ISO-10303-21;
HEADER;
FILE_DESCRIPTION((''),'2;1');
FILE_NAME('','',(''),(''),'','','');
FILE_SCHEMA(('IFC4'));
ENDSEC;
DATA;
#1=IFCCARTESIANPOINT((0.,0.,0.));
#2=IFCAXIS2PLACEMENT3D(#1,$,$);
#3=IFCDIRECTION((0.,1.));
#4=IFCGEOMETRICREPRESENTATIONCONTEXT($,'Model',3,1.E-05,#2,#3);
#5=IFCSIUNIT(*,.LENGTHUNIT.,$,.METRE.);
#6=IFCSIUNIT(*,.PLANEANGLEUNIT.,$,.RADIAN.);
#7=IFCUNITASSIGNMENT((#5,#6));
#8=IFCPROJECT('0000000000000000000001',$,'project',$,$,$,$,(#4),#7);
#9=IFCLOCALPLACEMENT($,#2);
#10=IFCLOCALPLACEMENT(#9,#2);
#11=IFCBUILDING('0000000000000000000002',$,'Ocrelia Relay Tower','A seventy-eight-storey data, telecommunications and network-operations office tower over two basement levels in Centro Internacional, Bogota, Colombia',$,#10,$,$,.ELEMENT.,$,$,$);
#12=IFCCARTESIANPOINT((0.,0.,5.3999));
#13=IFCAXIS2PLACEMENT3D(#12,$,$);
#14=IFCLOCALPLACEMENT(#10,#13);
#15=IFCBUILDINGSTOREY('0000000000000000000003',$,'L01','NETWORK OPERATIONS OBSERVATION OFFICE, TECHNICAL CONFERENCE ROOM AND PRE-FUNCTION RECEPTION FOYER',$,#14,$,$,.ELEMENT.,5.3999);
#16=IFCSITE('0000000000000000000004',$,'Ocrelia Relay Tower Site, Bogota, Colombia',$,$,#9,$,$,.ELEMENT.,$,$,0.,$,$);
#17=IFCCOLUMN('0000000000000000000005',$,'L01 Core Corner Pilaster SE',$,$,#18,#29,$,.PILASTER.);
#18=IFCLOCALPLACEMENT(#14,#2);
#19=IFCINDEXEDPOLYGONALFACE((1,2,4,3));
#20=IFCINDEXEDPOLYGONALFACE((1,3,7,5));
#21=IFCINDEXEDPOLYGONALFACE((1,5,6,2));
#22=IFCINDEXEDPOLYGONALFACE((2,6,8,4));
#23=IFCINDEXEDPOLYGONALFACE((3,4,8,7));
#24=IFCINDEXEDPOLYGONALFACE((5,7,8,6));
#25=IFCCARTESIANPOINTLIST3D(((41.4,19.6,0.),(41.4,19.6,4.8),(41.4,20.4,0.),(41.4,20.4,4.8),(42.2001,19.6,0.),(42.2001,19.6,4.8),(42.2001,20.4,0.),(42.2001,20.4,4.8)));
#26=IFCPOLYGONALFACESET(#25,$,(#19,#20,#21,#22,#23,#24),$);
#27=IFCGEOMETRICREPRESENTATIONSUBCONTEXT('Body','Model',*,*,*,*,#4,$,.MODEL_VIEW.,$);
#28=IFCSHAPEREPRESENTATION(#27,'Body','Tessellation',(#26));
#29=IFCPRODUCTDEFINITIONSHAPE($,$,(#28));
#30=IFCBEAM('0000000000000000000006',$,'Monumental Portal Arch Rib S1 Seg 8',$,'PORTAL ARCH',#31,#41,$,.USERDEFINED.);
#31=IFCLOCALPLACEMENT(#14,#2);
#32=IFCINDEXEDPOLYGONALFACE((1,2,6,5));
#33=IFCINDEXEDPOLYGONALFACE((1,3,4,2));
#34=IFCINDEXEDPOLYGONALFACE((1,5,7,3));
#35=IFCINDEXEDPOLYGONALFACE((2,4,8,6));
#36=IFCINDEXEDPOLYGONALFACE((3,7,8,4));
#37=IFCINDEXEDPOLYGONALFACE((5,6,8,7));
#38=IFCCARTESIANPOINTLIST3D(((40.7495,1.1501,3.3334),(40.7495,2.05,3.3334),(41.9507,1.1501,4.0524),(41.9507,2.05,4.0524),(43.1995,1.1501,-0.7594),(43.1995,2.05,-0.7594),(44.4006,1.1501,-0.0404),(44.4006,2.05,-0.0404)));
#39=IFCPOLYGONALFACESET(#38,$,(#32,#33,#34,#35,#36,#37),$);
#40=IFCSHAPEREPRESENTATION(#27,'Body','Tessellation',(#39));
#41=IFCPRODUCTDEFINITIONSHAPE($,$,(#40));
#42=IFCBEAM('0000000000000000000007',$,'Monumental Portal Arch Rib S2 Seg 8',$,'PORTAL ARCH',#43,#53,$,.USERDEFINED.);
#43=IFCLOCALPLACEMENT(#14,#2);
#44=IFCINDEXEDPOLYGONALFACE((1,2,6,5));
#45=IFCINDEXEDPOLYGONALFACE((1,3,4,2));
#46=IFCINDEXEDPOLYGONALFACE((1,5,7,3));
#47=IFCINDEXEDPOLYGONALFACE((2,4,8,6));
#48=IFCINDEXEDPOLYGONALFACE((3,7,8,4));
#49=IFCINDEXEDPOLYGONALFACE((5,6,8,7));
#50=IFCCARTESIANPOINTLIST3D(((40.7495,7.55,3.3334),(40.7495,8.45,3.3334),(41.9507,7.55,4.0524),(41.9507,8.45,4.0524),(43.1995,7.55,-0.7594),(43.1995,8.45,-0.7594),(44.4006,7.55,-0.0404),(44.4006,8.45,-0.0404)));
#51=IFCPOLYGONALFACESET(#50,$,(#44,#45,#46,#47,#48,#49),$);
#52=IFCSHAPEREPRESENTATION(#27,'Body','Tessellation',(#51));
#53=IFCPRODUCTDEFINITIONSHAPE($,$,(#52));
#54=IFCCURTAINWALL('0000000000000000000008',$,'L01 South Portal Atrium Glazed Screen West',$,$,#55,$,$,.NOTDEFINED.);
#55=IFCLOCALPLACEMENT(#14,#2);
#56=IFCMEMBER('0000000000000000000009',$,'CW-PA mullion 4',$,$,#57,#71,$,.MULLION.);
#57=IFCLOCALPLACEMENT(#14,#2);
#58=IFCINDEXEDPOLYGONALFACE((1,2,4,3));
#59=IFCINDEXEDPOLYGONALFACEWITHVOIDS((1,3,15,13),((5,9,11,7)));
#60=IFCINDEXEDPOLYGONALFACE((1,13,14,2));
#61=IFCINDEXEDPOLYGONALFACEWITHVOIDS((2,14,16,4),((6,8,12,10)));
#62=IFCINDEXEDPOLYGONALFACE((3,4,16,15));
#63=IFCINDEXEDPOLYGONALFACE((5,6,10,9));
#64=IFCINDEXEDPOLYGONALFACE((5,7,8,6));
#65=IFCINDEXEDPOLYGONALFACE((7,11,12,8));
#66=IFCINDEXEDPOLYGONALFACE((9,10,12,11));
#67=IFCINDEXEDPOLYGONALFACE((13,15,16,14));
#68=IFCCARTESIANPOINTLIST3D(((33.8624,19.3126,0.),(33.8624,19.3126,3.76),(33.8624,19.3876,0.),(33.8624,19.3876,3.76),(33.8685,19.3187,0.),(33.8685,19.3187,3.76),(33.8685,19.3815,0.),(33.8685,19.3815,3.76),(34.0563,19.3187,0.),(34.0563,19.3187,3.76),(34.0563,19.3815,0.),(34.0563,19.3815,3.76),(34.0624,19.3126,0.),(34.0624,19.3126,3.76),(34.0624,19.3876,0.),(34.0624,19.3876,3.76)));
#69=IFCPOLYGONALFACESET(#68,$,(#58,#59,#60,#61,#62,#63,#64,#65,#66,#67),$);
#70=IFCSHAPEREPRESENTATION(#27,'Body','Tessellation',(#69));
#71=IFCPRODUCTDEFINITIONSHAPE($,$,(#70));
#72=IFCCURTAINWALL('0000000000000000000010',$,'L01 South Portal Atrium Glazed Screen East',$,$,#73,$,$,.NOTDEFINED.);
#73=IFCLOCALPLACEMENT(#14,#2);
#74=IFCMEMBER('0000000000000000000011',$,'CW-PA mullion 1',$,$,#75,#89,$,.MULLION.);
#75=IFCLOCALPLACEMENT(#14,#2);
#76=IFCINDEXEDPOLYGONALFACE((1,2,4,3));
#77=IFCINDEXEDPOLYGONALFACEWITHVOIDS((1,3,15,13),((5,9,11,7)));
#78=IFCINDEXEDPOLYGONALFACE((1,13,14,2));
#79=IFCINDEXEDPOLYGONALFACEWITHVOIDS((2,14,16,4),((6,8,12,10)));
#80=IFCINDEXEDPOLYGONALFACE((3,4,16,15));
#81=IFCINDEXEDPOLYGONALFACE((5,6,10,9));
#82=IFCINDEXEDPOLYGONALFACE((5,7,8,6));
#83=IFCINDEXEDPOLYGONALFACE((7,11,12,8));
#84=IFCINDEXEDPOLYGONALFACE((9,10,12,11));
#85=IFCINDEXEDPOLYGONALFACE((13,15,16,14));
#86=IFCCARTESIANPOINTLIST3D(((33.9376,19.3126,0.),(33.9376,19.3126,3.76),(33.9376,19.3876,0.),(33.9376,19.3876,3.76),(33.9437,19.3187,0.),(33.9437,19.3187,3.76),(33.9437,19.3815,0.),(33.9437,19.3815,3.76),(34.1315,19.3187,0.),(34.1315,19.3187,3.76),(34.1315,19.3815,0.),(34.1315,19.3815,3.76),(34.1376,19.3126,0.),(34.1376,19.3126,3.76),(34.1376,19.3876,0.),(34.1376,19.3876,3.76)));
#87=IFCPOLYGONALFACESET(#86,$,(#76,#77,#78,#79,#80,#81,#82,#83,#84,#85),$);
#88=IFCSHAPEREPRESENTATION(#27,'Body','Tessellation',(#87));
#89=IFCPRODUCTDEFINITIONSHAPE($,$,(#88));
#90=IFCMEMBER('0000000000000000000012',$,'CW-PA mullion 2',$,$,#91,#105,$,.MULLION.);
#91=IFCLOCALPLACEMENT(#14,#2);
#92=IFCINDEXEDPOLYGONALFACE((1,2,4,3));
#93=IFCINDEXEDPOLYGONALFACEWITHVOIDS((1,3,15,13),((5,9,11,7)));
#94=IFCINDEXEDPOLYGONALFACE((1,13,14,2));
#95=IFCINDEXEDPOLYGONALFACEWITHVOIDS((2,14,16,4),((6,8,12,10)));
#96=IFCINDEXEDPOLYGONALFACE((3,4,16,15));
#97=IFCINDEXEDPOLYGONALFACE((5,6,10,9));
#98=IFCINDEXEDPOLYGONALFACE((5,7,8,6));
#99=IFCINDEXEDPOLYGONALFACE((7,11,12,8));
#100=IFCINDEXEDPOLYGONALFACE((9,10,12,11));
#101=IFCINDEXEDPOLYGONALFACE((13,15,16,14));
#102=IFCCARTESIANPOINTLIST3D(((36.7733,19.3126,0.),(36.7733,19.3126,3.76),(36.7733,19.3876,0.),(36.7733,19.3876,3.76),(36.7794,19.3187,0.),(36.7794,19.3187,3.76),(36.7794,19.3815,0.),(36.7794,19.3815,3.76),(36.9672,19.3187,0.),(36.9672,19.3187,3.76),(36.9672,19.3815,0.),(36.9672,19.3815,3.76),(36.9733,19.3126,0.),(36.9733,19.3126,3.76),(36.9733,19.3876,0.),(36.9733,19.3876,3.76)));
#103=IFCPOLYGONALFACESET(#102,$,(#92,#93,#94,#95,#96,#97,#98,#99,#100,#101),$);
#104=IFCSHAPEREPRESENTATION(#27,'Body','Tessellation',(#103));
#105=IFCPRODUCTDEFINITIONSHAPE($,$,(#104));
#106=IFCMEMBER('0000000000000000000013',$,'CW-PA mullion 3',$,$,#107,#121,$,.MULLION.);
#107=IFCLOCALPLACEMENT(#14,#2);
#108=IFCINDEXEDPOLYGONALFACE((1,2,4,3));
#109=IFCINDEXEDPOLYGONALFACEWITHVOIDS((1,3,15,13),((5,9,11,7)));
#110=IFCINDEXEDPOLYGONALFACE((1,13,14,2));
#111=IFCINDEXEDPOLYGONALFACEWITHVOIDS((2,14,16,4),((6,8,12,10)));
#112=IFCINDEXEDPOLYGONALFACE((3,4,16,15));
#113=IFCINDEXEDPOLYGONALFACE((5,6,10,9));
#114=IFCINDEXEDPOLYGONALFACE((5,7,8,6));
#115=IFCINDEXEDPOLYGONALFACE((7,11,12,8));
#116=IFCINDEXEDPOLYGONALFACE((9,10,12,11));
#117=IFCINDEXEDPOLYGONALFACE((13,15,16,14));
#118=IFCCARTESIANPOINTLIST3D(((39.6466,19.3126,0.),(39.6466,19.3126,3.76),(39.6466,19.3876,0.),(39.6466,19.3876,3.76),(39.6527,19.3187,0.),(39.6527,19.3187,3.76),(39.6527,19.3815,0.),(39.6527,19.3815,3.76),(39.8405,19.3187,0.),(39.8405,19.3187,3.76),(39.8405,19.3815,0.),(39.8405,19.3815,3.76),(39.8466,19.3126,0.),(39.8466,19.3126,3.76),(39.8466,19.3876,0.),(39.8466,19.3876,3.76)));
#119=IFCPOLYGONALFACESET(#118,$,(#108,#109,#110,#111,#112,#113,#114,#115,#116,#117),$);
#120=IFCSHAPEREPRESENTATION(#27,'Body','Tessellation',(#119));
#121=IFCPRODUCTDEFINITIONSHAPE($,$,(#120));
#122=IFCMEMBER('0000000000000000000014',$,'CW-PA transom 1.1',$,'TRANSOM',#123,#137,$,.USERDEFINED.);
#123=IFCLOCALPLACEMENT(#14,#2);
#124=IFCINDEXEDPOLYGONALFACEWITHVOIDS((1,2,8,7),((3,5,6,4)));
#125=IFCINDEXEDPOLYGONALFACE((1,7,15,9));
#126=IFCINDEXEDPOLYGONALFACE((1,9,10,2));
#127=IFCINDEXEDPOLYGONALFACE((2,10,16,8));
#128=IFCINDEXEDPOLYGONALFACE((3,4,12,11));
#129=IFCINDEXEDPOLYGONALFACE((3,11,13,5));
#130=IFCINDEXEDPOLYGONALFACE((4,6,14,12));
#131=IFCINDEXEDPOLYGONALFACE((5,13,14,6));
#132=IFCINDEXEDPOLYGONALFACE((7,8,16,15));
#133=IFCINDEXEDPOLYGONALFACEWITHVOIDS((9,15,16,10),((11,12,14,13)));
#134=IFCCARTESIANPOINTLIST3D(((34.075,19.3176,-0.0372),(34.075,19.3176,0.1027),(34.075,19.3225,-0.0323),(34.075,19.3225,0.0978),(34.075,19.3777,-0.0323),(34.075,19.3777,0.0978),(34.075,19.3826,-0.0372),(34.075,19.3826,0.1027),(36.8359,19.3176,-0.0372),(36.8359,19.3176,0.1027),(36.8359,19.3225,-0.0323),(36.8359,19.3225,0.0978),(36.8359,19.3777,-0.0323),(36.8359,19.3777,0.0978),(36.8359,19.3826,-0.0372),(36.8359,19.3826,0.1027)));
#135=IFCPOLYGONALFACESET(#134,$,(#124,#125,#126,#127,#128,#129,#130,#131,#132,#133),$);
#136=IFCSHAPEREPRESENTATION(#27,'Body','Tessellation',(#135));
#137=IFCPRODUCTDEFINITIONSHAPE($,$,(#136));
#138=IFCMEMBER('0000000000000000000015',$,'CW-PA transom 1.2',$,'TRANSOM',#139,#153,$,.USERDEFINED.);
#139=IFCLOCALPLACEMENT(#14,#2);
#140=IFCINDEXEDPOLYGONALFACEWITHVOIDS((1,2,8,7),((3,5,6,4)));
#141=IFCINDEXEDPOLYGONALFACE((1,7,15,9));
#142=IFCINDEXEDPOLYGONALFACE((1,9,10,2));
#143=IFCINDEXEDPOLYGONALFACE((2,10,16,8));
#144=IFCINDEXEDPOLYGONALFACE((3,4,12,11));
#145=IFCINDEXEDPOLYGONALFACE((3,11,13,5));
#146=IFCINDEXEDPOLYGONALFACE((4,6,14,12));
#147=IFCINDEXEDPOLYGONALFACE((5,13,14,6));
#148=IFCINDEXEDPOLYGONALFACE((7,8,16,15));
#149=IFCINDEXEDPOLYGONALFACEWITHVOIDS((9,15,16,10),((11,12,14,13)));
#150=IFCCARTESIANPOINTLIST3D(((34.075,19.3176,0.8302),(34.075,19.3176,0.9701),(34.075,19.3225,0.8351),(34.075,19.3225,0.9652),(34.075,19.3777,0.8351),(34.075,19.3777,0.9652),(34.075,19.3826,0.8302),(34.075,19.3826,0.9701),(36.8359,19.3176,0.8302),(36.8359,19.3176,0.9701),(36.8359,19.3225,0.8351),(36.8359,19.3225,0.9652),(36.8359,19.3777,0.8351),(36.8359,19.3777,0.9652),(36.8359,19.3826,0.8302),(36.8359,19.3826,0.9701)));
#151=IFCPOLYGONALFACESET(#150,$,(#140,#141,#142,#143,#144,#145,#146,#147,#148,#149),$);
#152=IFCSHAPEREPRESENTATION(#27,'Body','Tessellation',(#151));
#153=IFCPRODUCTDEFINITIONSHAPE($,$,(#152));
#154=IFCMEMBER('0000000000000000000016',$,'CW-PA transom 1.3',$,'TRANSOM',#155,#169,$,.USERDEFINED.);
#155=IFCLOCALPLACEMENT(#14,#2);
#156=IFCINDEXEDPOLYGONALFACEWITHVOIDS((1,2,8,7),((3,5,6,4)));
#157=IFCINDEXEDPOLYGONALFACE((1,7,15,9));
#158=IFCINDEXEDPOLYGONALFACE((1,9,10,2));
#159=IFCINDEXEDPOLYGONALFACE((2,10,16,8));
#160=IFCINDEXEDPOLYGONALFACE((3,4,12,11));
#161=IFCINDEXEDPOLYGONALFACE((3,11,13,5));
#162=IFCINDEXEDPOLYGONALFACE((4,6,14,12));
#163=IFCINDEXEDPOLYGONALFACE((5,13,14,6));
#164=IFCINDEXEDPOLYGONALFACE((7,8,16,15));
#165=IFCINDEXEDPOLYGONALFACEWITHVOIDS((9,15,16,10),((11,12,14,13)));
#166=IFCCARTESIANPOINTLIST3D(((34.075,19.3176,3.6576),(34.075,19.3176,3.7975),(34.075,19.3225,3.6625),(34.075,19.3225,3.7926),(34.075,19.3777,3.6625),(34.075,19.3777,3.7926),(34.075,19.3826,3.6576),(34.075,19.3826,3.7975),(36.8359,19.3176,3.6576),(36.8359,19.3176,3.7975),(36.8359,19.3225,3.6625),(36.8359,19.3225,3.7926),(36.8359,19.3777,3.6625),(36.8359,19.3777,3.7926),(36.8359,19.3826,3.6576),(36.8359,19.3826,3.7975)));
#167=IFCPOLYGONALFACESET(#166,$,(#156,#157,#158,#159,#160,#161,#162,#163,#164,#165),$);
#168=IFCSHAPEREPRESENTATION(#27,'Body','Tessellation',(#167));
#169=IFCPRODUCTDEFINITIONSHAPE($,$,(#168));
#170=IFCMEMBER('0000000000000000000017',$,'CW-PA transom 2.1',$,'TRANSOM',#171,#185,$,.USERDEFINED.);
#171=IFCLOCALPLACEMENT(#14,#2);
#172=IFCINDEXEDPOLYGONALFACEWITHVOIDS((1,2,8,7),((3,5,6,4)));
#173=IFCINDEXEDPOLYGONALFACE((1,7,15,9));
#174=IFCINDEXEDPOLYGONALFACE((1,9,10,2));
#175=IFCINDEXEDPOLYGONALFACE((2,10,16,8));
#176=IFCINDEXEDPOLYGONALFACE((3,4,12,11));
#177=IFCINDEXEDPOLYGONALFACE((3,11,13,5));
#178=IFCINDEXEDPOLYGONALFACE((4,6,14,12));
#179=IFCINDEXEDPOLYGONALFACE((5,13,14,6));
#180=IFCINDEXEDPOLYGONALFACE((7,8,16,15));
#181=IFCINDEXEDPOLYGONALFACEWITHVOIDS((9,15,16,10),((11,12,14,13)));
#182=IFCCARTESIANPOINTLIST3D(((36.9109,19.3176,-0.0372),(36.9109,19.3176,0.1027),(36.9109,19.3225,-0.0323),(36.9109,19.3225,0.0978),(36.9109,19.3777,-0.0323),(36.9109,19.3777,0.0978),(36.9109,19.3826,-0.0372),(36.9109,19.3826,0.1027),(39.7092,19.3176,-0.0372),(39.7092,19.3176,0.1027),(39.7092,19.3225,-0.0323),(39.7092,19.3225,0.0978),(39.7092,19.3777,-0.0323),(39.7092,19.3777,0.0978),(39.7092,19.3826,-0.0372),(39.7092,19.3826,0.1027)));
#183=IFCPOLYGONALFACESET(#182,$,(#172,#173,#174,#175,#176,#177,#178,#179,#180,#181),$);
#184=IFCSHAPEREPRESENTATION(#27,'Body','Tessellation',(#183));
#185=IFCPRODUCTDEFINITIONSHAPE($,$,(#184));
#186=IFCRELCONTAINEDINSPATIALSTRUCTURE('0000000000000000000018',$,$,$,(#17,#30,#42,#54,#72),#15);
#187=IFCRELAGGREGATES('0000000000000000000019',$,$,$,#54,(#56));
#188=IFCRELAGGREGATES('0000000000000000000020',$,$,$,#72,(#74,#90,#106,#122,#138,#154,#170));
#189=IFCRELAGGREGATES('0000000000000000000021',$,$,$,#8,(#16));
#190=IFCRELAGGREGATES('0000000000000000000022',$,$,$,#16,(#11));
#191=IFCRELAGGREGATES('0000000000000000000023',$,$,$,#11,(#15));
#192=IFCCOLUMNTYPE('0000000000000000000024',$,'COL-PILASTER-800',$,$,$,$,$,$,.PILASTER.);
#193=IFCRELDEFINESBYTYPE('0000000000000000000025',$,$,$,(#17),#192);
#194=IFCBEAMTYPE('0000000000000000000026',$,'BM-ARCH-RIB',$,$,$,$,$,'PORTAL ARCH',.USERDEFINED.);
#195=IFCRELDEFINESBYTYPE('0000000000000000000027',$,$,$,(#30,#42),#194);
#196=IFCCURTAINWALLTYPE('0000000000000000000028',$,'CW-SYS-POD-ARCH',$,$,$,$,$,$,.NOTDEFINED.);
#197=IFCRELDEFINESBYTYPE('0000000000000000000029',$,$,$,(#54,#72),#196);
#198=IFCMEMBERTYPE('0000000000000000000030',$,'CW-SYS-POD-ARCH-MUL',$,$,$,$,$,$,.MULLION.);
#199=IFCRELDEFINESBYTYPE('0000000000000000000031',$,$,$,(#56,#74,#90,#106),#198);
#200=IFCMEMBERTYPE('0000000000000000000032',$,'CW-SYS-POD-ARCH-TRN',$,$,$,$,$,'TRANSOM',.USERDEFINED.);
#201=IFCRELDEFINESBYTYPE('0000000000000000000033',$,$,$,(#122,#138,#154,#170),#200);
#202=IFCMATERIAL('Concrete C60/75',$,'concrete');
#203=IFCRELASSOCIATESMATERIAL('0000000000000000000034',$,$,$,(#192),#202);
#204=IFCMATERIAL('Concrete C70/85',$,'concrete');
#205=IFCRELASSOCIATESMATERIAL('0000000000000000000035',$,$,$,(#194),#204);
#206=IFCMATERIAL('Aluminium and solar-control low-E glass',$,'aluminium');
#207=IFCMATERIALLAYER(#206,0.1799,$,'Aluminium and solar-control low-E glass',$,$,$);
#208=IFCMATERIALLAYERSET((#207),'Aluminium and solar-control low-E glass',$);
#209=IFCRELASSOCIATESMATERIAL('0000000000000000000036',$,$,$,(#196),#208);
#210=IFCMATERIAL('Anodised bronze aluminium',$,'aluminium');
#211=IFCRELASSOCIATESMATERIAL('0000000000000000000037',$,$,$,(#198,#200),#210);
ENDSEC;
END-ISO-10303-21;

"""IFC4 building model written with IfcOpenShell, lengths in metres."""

from ifc_helpers import new_model, si_unit, direction, frame, origin, origin_2d, place, context, subcontext, project, spatial, rectangle, hollow_rectangle, extrude, material, layer, layer_set, material_profile, profile_set, type_object, element, aggregate, save


model = new_model("IFC4")

# Units and contexts
model_context = context("Model", 3, precision=1e-05, world=origin(), true_north=direction((0.0, 1.0)))
body_context = subcontext(model_context, "Body", "Model", "MODEL_VIEW")
ifc_project = project(units=[si_unit("LENGTHUNIT", "METRE"), si_unit("PLANEANGLEUNIT", "RADIAN")], contexts=[model_context])

# Site, building, storey
site_placement = place(None, origin())
site = spatial("IfcSite", under=ifc_project, at=site_placement, Name="Ocrelia Relay Tower Site, Bogota, Colombia", CompositionType="ELEMENT", RefElevation=0.0)
building_placement = place(site_placement, origin())
building = spatial("IfcBuilding", under=site, at=building_placement, Name="Ocrelia Relay Tower", Description="A seventy-eight-storey data, telecommunications and network-operations office tower over two basement levels in Centro Internacional, Bogota, Colombia", CompositionType="ELEMENT")
storey_placement = place(building_placement, frame((0.0, 0.0, 5.3999)))
storey = spatial("IfcBuildingStorey", under=building, at=storey_placement, Name="L01", Description="NETWORK OPERATIONS OBSERVATION OFFICE, TECHNICAL CONFERENCE ROOM AND PRE-FUNCTION RECEPTION FOYER", CompositionType="ELEMENT", Elevation=5.3999)

# Column
ifc_material_1 = material(Name="Concrete C60/75", Category="concrete")
ifc_material_profile_1 = material_profile(ifc_material_1, rectangle(XDim=0.8, YDim=0.8, at=origin_2d()), Name="RC-COL-800x800")
ifc_profile_set_1 = profile_set([ifc_material_profile_1], Name="Concrete C60/75")
column_type = type_object("IfcColumnType", Name="COL-PILASTER-800", PredefinedType="PILASTER", material=ifc_profile_set_1)
column_placement = place(storey_placement, frame((41.8, 20.0, 0.0), z_axis=(0.0, 0.0, 1.0), x_axis=(1.0, 0.0, 0.0)))
element("IfcColumn", 1, at=column_placement, inside=storey, type_object=column_type, Name="L01 Core Corner Pilaster SE", PredefinedType="PILASTER", context=body_context, shape_type="SweptSolid", body=[
    extrude(rectangle(XDim=0.8, YDim=0.8, at=origin_2d()), origin(), (0.0, 0.0, 1.0), 4.8),
])

# Beams
ifc_material_2 = material(Name="Concrete C70/85", Category="concrete")
ifc_material_profile_2 = material_profile(ifc_material_2, rectangle(XDim=0.8999, YDim=1.3999, at=origin_2d()), Name="RC-BM-900x1400")
ifc_profile_set_2 = profile_set([ifc_material_profile_2], Name="Concrete C70/85")
beam_type = type_object("IfcBeamType", Name="BM-ARCH-RIB", ElementType="PORTAL ARCH", PredefinedType="USERDEFINED", material=ifc_profile_set_2)
for number, where, z_axis, x_axis, name in (
    (2, (41.3501, 1.6001, 3.6929), (0.513615, 0.0, -0.858021), (0.0, 1.0, 0.0), "Monumental Portal Arch Rib S1 Seg 8"),
    (3, (41.3501, 8.0, 3.6929), (0.513615, 0.0, -0.858021), (0.0, 1.0, 0.0), "Monumental Portal Arch Rib S2 Seg 8"),
):
    element("IfcBeam", number, at=place(storey_placement, frame(where, z_axis=z_axis, x_axis=x_axis)), inside=storey, type_object=beam_type, Name=name, ObjectType="PORTAL ARCH", PredefinedType="USERDEFINED", context=body_context, shape_type="SweptSolid", body=[
        extrude(rectangle(XDim=0.8999, YDim=1.3999, at=origin_2d()), origin(), (0.0, 0.0, 1.0), 4.77),
    ])

# Curtain wall, member
ifc_material_3 = material(Name="Aluminium and solar-control low-E glass", Category="aluminium")
ifc_layer_1 = layer(ifc_material_3, 0.1799, Name="Aluminium and solar-control low-E glass")
ifc_layer_set_1 = layer_set([ifc_layer_1], Name="Aluminium and solar-control low-E glass")
curtain_wall_type = type_object("IfcCurtainWallType", Name="CW-SYS-POD-ARCH", PredefinedType="NOTDEFINED", material=ifc_layer_set_1)
curtain_wall_1_placement = place(storey_placement, origin())
curtain_wall_1 = element("IfcCurtainWall", 4, at=curtain_wall_1_placement, inside=storey, type_object=curtain_wall_type, Name="L01 South Portal Atrium Glazed Screen West", PredefinedType="NOTDEFINED")
ifc_material_4 = material(Name="Anodised bronze aluminium", Category="aluminium")
ifc_material_profile_3 = material_profile(ifc_material_4, hollow_rectangle(XDim=0.075, YDim=0.2, WallThickness=0.0061, at=origin_2d()), Name="CW-MUL-200x75")
ifc_profile_set_3 = profile_set([ifc_material_profile_3], Name="Anodised bronze aluminium")
member_type_1 = type_object("IfcMemberType", Name="CW-SYS-POD-ARCH-MUL", PredefinedType="MULLION", material=ifc_profile_set_3)
member_1_placement = place(storey_placement, frame((33.9624, 19.3501, 0.0), z_axis=(0.0, 0.0, 1.0), x_axis=(0.0, 1.0, 0.0)))
member_1 = element("IfcMember", 5, at=member_1_placement, type_object=member_type_1, Name="CW-PA mullion 4", PredefinedType="MULLION", context=body_context, shape_type="SweptSolid", body=[
    extrude(hollow_rectangle(XDim=0.075, YDim=0.2, WallThickness=0.0061, at=origin_2d()), origin(), (0.0, 0.0, 1.0), 3.76),
])

# Curtain wall, members
curtain_wall_2_placement = place(storey_placement, origin())
curtain_wall_2 = element("IfcCurtainWall", 6, at=curtain_wall_2_placement, inside=storey, type_object=curtain_wall_type, Name="L01 South Portal Atrium Glazed Screen East", PredefinedType="NOTDEFINED")
member_2_placement = place(storey_placement, frame((34.0376, 19.3501, 0.0), z_axis=(0.0, 0.0, 1.0), x_axis=(0.0, 1.0, 0.0)))
member_2 = element("IfcMember", 7, at=member_2_placement, type_object=member_type_1, Name="CW-PA mullion 1", PredefinedType="MULLION", context=body_context, shape_type="SweptSolid", body=[
    extrude(hollow_rectangle(XDim=0.075, YDim=0.2, WallThickness=0.0061, at=origin_2d()), origin(), (0.0, 0.0, 1.0), 3.76),
])
member_3_placement = place(storey_placement, frame((36.8733, 19.3501, 0.0), z_axis=(0.0, 0.0, 1.0), x_axis=(0.0, 1.0, 0.0)))
member_3 = element("IfcMember", 8, at=member_3_placement, type_object=member_type_1, Name="CW-PA mullion 2", PredefinedType="MULLION", context=body_context, shape_type="SweptSolid", body=[
    extrude(hollow_rectangle(XDim=0.075, YDim=0.2, WallThickness=0.0061, at=origin_2d()), origin(), (0.0, 0.0, 1.0), 3.76),
])
member_4_placement = place(storey_placement, frame((39.7466, 19.3501, 0.0), z_axis=(0.0, 0.0, 1.0), x_axis=(0.0, 1.0, 0.0)))
member_4 = element("IfcMember", 9, at=member_4_placement, type_object=member_type_1, Name="CW-PA mullion 3", PredefinedType="MULLION", context=body_context, shape_type="SweptSolid", body=[
    extrude(hollow_rectangle(XDim=0.075, YDim=0.2, WallThickness=0.0061, at=origin_2d()), origin(), (0.0, 0.0, 1.0), 3.76),
])
ifc_material_profile_4 = material_profile(ifc_material_4, hollow_rectangle(XDim=0.0649, YDim=0.1399, WallThickness=0.0049, at=origin_2d()), Name="CW-TRN-140x65")
ifc_profile_set_4 = profile_set([ifc_material_profile_4], Name="Anodised bronze aluminium")
member_type_2 = type_object("IfcMemberType", Name="CW-SYS-POD-ARCH-TRN", ElementType="TRANSOM", PredefinedType="USERDEFINED", material=ifc_profile_set_4)
member_5_placement = place(storey_placement, frame((34.075, 19.3501, 0.0327), z_axis=(1.0, 0.0, 0.0), x_axis=(0.0, 1.0, 0.0)))
member_5 = element("IfcMember", 10, at=member_5_placement, type_object=member_type_2, Name="CW-PA transom 1.1", ObjectType="TRANSOM", PredefinedType="USERDEFINED", context=body_context, shape_type="SweptSolid", body=[
    extrude(hollow_rectangle(XDim=0.0649, YDim=0.1399, WallThickness=0.0049, at=origin_2d()), origin(), (0.0, 0.0, 1.0), 2.761),
])
member_6_placement = place(storey_placement, frame((34.075, 19.3501, 0.9001), z_axis=(1.0, 0.0, 0.0), x_axis=(0.0, 1.0, 0.0)))
member_6 = element("IfcMember", 11, at=member_6_placement, type_object=member_type_2, Name="CW-PA transom 1.2", ObjectType="TRANSOM", PredefinedType="USERDEFINED", context=body_context, shape_type="SweptSolid", body=[
    extrude(hollow_rectangle(XDim=0.0649, YDim=0.1399, WallThickness=0.0049, at=origin_2d()), origin(), (0.0, 0.0, 1.0), 2.761),
])
member_7_placement = place(storey_placement, frame((34.075, 19.3501, 3.7275), z_axis=(1.0, 0.0, 0.0), x_axis=(0.0, 1.0, 0.0)))
member_7 = element("IfcMember", 12, at=member_7_placement, type_object=member_type_2, Name="CW-PA transom 1.3", ObjectType="TRANSOM", PredefinedType="USERDEFINED", context=body_context, shape_type="SweptSolid", body=[
    extrude(hollow_rectangle(XDim=0.0649, YDim=0.1399, WallThickness=0.0049, at=origin_2d()), origin(), (0.0, 0.0, 1.0), 2.761),
])
member_8_placement = place(storey_placement, frame((36.9109, 19.3501, 0.0327), z_axis=(1.0, 0.0, 0.0), x_axis=(0.0, 1.0, 0.0)))
member_8 = element("IfcMember", 13, at=member_8_placement, type_object=member_type_2, Name="CW-PA transom 2.1", ObjectType="TRANSOM", PredefinedType="USERDEFINED", context=body_context, shape_type="SweptSolid", body=[
    extrude(hollow_rectangle(XDim=0.0649, YDim=0.1399, WallThickness=0.0049, at=origin_2d()), origin(), (0.0, 0.0, 1.0), 2.7983),
])

aggregate(curtain_wall_1, [member_1])
aggregate(curtain_wall_2, [member_2, member_3, member_4, member_5, member_6, member_7, member_8])

save(model, "model.ifc")
